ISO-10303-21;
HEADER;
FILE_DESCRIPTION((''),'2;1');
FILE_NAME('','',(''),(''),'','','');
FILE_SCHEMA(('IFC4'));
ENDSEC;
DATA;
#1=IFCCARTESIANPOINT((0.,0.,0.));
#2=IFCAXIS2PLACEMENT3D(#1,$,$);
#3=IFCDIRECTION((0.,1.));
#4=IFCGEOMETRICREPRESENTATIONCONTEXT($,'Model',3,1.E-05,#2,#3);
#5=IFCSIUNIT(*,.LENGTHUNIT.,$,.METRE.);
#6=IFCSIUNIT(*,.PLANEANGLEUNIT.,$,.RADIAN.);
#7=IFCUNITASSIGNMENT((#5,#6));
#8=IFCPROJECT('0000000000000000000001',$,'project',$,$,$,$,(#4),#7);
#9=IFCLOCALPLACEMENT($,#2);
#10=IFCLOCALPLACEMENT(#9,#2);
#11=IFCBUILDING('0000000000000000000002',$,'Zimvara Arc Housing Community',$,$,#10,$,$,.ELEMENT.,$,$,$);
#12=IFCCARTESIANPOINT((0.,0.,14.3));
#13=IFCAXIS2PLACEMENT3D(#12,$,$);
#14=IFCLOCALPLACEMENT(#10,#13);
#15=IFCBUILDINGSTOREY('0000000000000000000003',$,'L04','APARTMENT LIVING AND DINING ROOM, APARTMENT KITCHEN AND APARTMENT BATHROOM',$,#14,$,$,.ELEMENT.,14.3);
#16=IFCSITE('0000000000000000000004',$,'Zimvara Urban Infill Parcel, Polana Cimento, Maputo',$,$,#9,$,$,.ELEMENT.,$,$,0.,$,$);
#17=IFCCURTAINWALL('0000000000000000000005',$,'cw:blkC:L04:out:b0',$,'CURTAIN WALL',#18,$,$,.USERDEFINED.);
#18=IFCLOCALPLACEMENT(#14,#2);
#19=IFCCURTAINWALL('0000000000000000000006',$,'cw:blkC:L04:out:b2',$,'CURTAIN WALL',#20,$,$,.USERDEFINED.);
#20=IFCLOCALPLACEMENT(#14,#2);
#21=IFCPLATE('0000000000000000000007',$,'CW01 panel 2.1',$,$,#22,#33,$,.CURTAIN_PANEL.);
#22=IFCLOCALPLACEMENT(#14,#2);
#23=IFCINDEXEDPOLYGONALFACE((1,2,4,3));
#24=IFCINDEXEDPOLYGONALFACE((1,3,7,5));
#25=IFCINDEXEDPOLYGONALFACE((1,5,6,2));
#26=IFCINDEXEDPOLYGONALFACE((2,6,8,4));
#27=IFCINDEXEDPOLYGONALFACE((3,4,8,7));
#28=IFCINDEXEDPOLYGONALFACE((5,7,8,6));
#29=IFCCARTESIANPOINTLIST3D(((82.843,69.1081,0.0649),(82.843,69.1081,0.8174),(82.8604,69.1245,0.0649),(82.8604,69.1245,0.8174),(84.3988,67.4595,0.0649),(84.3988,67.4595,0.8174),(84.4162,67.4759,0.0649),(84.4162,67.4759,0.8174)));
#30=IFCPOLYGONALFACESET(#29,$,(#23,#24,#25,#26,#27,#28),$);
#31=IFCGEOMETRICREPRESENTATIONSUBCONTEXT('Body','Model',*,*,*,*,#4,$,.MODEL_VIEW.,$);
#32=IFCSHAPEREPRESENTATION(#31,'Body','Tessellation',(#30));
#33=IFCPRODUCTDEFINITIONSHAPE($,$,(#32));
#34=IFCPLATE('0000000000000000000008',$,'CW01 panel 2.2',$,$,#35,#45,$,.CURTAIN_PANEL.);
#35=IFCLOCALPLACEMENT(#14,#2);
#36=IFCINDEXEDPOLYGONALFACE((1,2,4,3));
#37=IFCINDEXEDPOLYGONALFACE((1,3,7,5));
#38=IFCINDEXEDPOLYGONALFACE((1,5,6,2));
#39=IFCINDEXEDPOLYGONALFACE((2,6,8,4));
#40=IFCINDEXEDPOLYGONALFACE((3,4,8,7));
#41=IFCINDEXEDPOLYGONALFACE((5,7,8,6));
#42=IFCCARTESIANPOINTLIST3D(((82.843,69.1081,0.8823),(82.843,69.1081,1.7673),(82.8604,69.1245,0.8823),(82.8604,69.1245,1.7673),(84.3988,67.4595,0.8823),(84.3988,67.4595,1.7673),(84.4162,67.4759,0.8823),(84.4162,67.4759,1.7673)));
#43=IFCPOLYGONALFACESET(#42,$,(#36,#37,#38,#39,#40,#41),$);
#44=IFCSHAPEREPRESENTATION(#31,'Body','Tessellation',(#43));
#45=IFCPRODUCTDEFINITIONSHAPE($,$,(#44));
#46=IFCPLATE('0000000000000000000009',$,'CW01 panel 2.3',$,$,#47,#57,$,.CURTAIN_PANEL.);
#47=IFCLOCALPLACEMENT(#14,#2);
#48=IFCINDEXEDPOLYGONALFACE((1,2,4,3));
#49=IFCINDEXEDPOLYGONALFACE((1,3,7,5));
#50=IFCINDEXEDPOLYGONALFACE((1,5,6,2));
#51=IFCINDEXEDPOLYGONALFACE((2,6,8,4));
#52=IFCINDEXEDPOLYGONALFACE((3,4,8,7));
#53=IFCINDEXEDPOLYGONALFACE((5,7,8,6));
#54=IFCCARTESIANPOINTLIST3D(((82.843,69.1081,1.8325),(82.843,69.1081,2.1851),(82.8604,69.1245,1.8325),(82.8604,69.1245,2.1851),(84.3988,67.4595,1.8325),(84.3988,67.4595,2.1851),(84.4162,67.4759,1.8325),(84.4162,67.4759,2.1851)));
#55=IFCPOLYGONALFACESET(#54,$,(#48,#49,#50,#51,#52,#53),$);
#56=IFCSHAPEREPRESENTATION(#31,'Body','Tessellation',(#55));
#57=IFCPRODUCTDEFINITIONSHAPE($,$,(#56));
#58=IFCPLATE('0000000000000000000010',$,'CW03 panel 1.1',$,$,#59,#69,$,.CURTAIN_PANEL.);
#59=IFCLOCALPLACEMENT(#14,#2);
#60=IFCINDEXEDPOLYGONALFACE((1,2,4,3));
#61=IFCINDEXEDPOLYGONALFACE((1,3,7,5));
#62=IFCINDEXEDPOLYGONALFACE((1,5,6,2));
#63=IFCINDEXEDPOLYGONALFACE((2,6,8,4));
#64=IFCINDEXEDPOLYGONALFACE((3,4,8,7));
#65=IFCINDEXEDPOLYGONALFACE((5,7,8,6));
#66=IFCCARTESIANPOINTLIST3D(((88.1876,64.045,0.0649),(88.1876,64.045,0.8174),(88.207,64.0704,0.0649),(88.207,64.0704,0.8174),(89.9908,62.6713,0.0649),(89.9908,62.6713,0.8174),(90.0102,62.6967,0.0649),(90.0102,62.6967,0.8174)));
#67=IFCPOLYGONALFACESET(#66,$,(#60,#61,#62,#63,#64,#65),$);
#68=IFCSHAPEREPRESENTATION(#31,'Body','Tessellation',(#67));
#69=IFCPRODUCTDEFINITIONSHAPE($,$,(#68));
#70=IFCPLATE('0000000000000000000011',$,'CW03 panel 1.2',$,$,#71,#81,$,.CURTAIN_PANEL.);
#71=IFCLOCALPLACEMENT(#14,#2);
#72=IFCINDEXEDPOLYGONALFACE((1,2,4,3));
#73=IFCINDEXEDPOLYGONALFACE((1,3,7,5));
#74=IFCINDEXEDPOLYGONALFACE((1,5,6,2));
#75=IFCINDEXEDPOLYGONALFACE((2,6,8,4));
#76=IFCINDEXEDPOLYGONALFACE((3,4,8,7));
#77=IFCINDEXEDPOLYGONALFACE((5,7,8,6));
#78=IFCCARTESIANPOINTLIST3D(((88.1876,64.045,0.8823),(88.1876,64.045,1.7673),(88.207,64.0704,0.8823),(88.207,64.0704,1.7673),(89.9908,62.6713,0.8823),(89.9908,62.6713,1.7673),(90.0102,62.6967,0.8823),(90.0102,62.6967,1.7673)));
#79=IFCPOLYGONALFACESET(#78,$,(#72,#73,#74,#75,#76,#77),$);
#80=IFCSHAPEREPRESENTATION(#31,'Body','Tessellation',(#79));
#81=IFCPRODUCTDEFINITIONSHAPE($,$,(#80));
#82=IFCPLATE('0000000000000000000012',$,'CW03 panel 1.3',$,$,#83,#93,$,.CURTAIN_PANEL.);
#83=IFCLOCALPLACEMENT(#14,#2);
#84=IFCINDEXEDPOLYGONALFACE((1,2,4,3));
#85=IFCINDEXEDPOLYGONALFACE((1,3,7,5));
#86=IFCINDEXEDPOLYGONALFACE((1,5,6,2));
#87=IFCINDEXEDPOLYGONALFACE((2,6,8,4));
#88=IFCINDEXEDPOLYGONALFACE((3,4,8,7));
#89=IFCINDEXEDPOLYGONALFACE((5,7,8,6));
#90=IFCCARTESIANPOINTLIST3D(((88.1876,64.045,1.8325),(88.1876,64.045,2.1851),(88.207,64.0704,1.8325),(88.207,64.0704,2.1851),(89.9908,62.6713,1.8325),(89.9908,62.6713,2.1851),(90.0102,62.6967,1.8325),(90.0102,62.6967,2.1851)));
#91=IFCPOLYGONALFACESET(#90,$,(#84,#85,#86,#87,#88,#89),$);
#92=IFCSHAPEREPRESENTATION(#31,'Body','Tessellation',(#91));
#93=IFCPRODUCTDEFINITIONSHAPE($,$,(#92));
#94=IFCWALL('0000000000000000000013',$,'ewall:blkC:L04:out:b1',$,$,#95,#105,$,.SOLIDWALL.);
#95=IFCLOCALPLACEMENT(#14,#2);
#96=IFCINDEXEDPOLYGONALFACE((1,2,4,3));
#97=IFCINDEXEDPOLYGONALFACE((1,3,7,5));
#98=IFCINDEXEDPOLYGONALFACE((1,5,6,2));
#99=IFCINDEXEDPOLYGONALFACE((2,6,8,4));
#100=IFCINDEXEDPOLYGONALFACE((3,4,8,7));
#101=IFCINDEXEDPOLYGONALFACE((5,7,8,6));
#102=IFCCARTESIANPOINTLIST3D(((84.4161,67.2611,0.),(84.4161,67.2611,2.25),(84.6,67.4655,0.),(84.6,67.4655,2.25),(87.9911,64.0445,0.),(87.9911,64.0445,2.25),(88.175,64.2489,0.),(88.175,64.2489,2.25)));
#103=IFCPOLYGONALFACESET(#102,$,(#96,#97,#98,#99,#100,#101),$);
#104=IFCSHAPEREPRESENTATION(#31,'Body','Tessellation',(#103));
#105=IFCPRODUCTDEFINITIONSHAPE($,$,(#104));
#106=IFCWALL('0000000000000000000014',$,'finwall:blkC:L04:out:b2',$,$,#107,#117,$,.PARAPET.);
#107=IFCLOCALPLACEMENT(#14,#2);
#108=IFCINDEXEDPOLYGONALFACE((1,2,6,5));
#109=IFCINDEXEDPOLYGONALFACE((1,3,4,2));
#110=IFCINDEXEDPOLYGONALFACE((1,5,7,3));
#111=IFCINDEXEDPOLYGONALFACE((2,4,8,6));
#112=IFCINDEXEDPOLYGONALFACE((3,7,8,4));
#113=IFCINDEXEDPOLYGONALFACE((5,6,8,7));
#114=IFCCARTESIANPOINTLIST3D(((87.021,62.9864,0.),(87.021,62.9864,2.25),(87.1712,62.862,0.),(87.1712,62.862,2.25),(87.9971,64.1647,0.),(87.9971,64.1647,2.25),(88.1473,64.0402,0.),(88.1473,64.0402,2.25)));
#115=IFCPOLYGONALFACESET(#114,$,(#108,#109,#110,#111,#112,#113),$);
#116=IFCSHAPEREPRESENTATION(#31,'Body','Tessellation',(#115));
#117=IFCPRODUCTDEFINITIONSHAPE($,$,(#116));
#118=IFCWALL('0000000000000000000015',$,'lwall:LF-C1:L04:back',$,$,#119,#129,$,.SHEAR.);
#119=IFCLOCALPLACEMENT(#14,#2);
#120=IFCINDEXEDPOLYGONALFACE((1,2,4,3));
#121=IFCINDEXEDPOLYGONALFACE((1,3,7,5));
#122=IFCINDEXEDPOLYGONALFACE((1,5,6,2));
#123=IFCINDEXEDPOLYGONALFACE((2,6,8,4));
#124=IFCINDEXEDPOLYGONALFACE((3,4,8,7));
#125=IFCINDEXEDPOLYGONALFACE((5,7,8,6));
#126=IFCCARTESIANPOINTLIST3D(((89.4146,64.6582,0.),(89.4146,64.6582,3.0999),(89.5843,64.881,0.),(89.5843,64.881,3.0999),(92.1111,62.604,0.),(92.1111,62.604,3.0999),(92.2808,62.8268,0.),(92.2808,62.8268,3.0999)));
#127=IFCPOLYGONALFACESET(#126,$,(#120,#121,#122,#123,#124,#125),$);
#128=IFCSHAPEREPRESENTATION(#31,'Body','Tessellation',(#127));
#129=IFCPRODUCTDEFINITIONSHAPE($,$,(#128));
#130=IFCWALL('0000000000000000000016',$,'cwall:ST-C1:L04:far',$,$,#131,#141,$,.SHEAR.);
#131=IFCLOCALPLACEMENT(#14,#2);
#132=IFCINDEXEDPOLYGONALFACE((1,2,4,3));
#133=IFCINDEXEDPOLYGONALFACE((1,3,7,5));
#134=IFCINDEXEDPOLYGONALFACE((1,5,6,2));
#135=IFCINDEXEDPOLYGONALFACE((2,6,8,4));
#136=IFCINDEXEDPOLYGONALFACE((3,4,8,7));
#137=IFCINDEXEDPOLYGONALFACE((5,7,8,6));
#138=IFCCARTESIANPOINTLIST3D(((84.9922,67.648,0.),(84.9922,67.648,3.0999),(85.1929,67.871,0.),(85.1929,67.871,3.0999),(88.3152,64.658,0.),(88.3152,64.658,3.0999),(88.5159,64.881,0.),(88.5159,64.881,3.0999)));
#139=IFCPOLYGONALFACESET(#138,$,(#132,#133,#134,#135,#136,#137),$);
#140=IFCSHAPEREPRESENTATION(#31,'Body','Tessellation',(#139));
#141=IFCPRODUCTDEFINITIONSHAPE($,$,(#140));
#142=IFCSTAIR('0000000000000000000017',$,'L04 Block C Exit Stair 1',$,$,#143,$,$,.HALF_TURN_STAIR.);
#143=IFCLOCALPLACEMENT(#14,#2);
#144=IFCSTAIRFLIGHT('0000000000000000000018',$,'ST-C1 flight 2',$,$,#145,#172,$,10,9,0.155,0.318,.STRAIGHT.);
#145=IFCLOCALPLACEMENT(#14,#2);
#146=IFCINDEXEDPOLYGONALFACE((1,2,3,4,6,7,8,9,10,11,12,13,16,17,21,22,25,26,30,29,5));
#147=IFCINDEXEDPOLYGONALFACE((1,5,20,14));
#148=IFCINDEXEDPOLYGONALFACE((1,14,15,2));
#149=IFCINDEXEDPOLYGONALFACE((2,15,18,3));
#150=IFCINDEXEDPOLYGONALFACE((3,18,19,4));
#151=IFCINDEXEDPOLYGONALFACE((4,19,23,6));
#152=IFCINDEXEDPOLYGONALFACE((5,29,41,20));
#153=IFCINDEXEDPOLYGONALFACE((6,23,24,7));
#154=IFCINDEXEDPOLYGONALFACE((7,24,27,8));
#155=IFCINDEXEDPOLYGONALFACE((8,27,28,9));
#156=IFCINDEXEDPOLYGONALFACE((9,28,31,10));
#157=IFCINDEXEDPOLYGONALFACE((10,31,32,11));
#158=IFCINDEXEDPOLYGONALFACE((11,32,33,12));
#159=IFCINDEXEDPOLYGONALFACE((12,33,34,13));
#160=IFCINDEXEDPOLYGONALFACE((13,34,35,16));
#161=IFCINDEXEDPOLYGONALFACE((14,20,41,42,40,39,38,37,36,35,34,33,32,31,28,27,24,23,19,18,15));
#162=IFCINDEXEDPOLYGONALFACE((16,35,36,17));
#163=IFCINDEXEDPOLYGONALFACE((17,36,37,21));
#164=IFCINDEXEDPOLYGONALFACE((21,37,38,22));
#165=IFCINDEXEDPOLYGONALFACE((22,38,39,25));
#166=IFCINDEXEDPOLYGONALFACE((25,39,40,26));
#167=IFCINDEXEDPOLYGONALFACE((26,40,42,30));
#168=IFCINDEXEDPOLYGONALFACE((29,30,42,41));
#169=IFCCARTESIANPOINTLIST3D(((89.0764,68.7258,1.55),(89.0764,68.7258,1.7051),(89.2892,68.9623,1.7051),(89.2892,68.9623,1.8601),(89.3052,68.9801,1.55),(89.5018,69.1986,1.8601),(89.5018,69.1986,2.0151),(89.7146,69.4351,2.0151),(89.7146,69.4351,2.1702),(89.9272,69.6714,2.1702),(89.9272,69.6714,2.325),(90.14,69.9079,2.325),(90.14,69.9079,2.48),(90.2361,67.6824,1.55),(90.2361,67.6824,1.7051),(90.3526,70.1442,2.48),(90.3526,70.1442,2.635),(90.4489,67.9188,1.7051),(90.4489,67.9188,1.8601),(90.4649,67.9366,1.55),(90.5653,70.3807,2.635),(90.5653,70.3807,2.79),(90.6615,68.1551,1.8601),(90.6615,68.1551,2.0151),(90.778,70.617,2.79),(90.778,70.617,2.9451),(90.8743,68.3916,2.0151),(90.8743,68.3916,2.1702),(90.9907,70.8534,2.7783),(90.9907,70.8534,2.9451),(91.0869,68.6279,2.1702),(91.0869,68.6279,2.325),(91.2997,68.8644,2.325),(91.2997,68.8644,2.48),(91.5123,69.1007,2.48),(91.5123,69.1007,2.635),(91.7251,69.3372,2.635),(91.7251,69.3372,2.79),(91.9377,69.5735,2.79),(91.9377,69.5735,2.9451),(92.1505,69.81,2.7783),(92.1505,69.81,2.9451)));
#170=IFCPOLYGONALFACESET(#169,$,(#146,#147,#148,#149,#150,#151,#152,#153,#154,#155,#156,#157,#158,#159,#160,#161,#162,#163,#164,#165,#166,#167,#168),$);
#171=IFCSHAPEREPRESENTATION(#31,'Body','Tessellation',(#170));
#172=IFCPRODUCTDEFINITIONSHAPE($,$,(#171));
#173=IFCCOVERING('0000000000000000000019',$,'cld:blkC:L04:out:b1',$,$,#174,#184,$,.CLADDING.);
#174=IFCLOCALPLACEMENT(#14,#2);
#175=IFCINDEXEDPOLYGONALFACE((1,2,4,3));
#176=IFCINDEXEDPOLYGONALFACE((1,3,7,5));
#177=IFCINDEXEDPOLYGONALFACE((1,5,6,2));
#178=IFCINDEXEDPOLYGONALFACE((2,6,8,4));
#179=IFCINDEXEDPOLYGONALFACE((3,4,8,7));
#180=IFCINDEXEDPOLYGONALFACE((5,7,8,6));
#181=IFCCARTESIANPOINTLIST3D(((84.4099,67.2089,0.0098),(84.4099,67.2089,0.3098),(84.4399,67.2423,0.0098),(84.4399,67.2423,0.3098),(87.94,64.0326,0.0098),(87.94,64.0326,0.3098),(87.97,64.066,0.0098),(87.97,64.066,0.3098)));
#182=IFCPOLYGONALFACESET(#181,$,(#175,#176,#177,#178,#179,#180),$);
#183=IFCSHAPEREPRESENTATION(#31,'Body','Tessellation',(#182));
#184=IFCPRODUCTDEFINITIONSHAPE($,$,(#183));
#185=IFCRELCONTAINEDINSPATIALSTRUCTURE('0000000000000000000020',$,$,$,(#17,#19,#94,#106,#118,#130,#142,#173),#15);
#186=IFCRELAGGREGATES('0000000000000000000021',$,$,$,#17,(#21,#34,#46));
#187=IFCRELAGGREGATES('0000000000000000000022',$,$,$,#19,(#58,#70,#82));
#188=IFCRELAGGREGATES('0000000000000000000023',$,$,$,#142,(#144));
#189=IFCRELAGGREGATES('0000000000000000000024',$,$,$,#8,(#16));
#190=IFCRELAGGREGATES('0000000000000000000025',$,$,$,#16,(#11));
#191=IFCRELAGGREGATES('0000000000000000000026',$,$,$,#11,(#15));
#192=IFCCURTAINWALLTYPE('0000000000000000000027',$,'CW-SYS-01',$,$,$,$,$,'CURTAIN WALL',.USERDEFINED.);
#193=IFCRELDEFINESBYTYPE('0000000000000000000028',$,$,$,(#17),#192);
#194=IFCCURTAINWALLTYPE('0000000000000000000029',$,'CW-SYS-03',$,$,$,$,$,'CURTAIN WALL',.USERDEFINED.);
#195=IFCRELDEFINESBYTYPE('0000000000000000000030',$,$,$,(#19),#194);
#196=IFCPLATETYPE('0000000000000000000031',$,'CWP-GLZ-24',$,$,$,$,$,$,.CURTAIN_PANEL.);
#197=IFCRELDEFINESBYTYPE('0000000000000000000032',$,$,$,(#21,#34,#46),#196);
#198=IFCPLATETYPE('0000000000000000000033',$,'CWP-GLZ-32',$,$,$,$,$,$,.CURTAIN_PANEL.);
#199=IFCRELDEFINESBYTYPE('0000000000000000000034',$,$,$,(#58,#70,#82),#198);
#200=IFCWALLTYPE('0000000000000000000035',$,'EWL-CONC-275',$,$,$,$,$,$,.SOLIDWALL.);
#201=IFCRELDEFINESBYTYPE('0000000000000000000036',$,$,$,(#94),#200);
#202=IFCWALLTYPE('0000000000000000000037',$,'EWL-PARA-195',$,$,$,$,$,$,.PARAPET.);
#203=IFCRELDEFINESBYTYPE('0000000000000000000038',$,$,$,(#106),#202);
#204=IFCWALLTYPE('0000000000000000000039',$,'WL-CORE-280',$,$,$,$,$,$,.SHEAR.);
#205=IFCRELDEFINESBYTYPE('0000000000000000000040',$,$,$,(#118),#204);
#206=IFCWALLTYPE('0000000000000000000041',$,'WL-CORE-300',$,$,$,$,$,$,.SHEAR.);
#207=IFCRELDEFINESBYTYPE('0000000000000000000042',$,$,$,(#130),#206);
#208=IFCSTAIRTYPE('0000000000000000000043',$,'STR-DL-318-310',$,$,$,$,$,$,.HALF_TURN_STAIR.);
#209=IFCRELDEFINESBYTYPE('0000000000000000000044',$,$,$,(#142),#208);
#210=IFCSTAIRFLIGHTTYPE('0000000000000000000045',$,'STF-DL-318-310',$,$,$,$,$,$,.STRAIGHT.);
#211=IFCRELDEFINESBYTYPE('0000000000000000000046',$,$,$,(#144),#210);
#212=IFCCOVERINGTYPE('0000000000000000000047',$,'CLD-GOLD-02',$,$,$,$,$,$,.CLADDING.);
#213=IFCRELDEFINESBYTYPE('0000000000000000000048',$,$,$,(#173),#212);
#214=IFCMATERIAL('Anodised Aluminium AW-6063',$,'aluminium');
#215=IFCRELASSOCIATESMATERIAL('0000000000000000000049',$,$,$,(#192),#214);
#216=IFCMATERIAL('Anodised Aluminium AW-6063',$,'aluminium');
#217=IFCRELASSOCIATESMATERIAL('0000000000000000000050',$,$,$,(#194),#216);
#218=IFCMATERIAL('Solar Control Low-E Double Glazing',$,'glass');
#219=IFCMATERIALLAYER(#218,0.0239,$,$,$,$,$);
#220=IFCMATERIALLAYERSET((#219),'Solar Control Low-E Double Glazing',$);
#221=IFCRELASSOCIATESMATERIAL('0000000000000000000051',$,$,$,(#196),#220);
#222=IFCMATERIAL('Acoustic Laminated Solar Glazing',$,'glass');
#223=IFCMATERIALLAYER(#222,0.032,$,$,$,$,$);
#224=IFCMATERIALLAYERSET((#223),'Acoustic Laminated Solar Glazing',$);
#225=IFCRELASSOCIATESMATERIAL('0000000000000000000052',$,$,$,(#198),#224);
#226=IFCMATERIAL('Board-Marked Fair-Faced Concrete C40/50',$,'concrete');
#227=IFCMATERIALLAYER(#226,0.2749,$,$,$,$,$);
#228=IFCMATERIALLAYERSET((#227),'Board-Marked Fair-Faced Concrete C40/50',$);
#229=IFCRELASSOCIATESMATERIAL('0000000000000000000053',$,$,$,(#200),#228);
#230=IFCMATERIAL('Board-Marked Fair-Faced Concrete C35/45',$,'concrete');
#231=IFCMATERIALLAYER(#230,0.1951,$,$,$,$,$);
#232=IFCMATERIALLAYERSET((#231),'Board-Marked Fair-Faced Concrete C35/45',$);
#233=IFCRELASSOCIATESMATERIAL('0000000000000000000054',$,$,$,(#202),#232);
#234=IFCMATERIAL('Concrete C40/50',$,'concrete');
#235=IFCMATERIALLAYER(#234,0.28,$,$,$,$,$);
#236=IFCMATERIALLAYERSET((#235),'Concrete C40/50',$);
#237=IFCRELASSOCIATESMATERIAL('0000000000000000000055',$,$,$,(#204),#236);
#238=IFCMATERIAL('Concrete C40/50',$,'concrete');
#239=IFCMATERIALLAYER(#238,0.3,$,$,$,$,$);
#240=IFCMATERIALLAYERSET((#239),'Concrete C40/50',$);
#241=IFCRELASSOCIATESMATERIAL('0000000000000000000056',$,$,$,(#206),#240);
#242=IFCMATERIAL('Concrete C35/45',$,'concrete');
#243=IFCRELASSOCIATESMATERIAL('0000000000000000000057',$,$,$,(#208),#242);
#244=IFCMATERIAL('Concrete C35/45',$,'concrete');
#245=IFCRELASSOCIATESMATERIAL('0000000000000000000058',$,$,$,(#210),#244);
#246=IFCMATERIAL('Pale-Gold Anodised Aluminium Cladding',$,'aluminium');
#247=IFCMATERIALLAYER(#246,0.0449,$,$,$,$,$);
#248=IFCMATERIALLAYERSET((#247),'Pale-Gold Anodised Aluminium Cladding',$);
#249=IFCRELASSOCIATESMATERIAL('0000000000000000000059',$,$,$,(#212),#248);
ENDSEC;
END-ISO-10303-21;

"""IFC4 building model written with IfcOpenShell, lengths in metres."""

from ifc_helpers import new_model, si_unit, direction, frame, frame_2d, origin, origin_2d, place, context, subcontext, project, spatial, polyline, rectangle, outline, extrude, material, layer, layer_set, type_object, element, aggregate, save


model = new_model("IFC4")

# Units and contexts
model_context = context("Model", 3, precision=1e-05, world=origin(), true_north=direction((0.0, 1.0)))
body_context = subcontext(model_context, "Body", "Model", "MODEL_VIEW")
ifc_project = project(units=[si_unit("LENGTHUNIT", "METRE"), si_unit("PLANEANGLEUNIT", "RADIAN")], contexts=[model_context])

# Site, building, storey
site_placement = place(None, origin())
site = spatial("IfcSite", under=ifc_project, at=site_placement, Name="Zimvara Urban Infill Parcel, Polana Cimento, Maputo", CompositionType="ELEMENT", RefElevation=0.0)
building_placement = place(site_placement, origin())
building = spatial("IfcBuilding", under=site, at=building_placement, Name="Zimvara Arc Housing Community", CompositionType="ELEMENT")
storey_placement = place(building_placement, frame((0.0, 0.0, 14.3)))
storey = spatial("IfcBuildingStorey", under=building, at=storey_placement, Name="L04", Description="APARTMENT LIVING AND DINING ROOM, APARTMENT KITCHEN AND APARTMENT BATHROOM", CompositionType="ELEMENT", Elevation=14.3)

# Curtain wall
ifc_material_1 = material(Name="Anodised Aluminium AW-6063", Category="aluminium")
curtain_wall_type_1 = type_object("IfcCurtainWallType", Name="CW-SYS-01", ElementType="CURTAIN WALL", PredefinedType="USERDEFINED", material=ifc_material_1)
curtain_wall_1_placement = place(storey_placement, origin())
curtain_wall_1 = element("IfcCurtainWall", 1, at=curtain_wall_1_placement, inside=storey, type_object=curtain_wall_type_1, Name="cw:blkC:L04:out:b0", ObjectType="CURTAIN WALL", PredefinedType="USERDEFINED")

# Curtain wall
ifc_material_2 = material(Name="Anodised Aluminium AW-6063", Category="aluminium")
curtain_wall_type_2 = type_object("IfcCurtainWallType", Name="CW-SYS-03", ElementType="CURTAIN WALL", PredefinedType="USERDEFINED", material=ifc_material_2)
curtain_wall_2_placement = place(storey_placement, origin())
curtain_wall_2 = element("IfcCurtainWall", 2, at=curtain_wall_2_placement, inside=storey, type_object=curtain_wall_type_2, Name="cw:blkC:L04:out:b2", ObjectType="CURTAIN WALL", PredefinedType="USERDEFINED")

# Plates
ifc_material_3 = material(Name="Solar Control Low-E Double Glazing", Category="glass")
ifc_layer_1 = layer(ifc_material_3, 0.0239)
ifc_layer_set_1 = layer_set([ifc_layer_1], Name="Solar Control Low-E Double Glazing")
plate_type_1 = type_object("IfcPlateType", Name="CWP-GLZ-24", PredefinedType="CURTAIN_PANEL", material=ifc_layer_set_1)
plate_1_placement = place(storey_placement, frame((83.6296, 68.292, 0.0649), z_axis=(0.0, 0.0, 1.0), x_axis=(0.686326, -0.727294, 0.0)))
plate_1 = element("IfcPlate", 3, at=plate_1_placement, type_object=plate_type_1, Name="CW01 panel 2.1", PredefinedType="CURTAIN_PANEL", context=body_context, shape_type="SweptSolid", body=[
    extrude(rectangle(XDim=2.2668, YDim=0.0239, at=origin_2d()), origin(), (0.0, 0.0, 1.0), 0.7524),
])
plate_2_placement = place(storey_placement, frame((83.6296, 68.292, 0.8823), z_axis=(0.0, 0.0, 1.0), x_axis=(0.686326, -0.727294, 0.0)))
plate_2 = element("IfcPlate", 4, at=plate_2_placement, type_object=plate_type_1, Name="CW01 panel 2.2", PredefinedType="CURTAIN_PANEL", context=body_context, shape_type="SweptSolid", body=[
    extrude(rectangle(XDim=2.2668, YDim=0.0239, at=origin_2d()), origin(), (0.0, 0.0, 1.0), 0.885),
])
plate_3_placement = place(storey_placement, frame((83.6296, 68.292, 1.8325), z_axis=(0.0, 0.0, 1.0), x_axis=(0.686326, -0.727294, 0.0)))
plate_3 = element("IfcPlate", 5, at=plate_3_placement, type_object=plate_type_1, Name="CW01 panel 2.3", PredefinedType="CURTAIN_PANEL", context=body_context, shape_type="SweptSolid", body=[
    extrude(rectangle(XDim=2.2668, YDim=0.0239, at=origin_2d()), origin(), (0.0, 0.0, 1.0), 0.3525),
])
aggregate(curtain_wall_1, [plate_1, plate_2, plate_3])
ifc_material_4 = material(Name="Acoustic Laminated Solar Glazing", Category="glass")
ifc_layer_2 = layer(ifc_material_4, 0.032)
ifc_layer_set_2 = layer_set([ifc_layer_2], Name="Acoustic Laminated Solar Glazing")
plate_type_2 = type_object("IfcPlateType", Name="CWP-GLZ-32", PredefinedType="CURTAIN_PANEL", material=ifc_layer_set_2)
plate_4_placement = place(storey_placement, frame((89.0989, 63.3708, 0.0649), z_axis=(0.0, 0.0, 1.0), x_axis=(0.795474, -0.605988, 0.0)))
plate_4 = element("IfcPlate", 6, at=plate_4_placement, type_object=plate_type_2, Name="CW03 panel 1.1", PredefinedType="CURTAIN_PANEL", context=body_context, shape_type="SweptSolid", body=[
    extrude(rectangle(XDim=2.2668, YDim=0.032, at=origin_2d()), origin(), (0.0, 0.0, 1.0), 0.7524),
])
plate_5_placement = place(storey_placement, frame((89.0989, 63.3708, 0.8823), z_axis=(0.0, 0.0, 1.0), x_axis=(0.795474, -0.605988, 0.0)))
plate_5 = element("IfcPlate", 7, at=plate_5_placement, type_object=plate_type_2, Name="CW03 panel 1.2", PredefinedType="CURTAIN_PANEL", context=body_context, shape_type="SweptSolid", body=[
    extrude(rectangle(XDim=2.2668, YDim=0.032, at=origin_2d()), origin(), (0.0, 0.0, 1.0), 0.885),
])
plate_6_placement = place(storey_placement, frame((89.0989, 63.3708, 1.8325), z_axis=(0.0, 0.0, 1.0), x_axis=(0.795474, -0.605988, 0.0)))
plate_6 = element("IfcPlate", 8, at=plate_6_placement, type_object=plate_type_2, Name="CW03 panel 1.3", PredefinedType="CURTAIN_PANEL", context=body_context, shape_type="SweptSolid", body=[
    extrude(rectangle(XDim=2.2668, YDim=0.032, at=origin_2d()), origin(), (0.0, 0.0, 1.0), 0.3525),
])
aggregate(curtain_wall_2, [plate_4, plate_5, plate_6])

# Walls
ifc_material_5 = material(Name="Board-Marked Fair-Faced Concrete C40/50", Category="concrete")
ifc_layer_3 = layer(ifc_material_5, 0.2749)
ifc_layer_set_3 = layer_set([ifc_layer_3], Name="Board-Marked Fair-Faced Concrete C40/50")
wall_type_1 = type_object("IfcWallType", Name="EWL-CONC-275", PredefinedType="SOLIDWALL", material=ifc_layer_set_3)
wall_1_placement = place(storey_placement, frame((84.5081, 67.3633, 0.0), z_axis=(0.0, 0.0, 1.0), x_axis=(0.743388, -0.668861, 0.0)))
element("IfcWall", 9, at=wall_1_placement, inside=storey, type_object=wall_type_1, Name="ewall:blkC:L04:out:b1", PredefinedType="SOLIDWALL", context=body_context, shape_type="SweptSolid", body=[
    extrude(rectangle(XDim=4.8091, YDim=0.2749, at=frame_2d((2.4045, 0.0))), origin(), (0.0, 0.0, 1.0), 2.25),
])
ifc_material_6 = material(Name="Board-Marked Fair-Faced Concrete C35/45", Category="concrete")
ifc_layer_4 = layer(ifc_material_6, 0.1951)
ifc_layer_set_4 = layer_set([ifc_layer_4], Name="Board-Marked Fair-Faced Concrete C35/45")
wall_type_2 = type_object("IfcWallType", Name="EWL-PARA-195", PredefinedType="PARAPET", material=ifc_layer_set_4)
wall_2_placement = place(storey_placement, frame((88.0723, 64.1025, 0.0), z_axis=(0.0, 0.0, 1.0), x_axis=(-0.637953, -0.770075, 0.0)))
element("IfcWall", 10, at=wall_2_placement, inside=storey, type_object=wall_type_2, Name="finwall:blkC:L04:out:b2", PredefinedType="PARAPET", context=body_context, shape_type="SweptSolid", body=[
    extrude(rectangle(XDim=1.53, YDim=0.1951, at=frame_2d((0.7651, 0.0))), origin(), (0.0, 0.0, 1.0), 2.25),
])
ifc_material_7 = material(Name="Concrete C40/50", Category="concrete")
ifc_layer_5 = layer(ifc_material_7, 0.28)
ifc_layer_set_5 = layer_set([ifc_layer_5], Name="Concrete C40/50")
wall_type_3 = type_object("IfcWallType", Name="WL-CORE-280", PredefinedType="SHEAR", material=ifc_layer_set_5)
wall_3_placement = place(storey_placement, frame((89.4995, 64.7695, 0.0), z_axis=(0.0, 0.0, 1.0), x_axis=(0.795475, -0.605987, 0.0)))
element("IfcWall", 11, at=wall_3_placement, inside=storey, type_object=wall_type_3, Name="lwall:LF-C1:L04:back", PredefinedType="SHEAR", context=body_context, shape_type="SweptSolid", body=[
    extrude(rectangle(XDim=3.3899, YDim=0.28, at=frame_2d((1.6948, 0.0))), origin(), (0.0, 0.0, 1.0), 3.0999),
])
ifc_material_8 = material(Name="Concrete C40/50", Category="concrete")
ifc_layer_6 = layer(ifc_material_8, 0.3)
ifc_layer_set_6 = layer_set([ifc_layer_6], Name="Concrete C40/50")
wall_type_4 = type_object("IfcWallType", Name="WL-CORE-300", PredefinedType="SHEAR", material=ifc_layer_set_6)
wall_4_placement = place(storey_placement, frame((85.0925, 67.7595, 0.0), z_axis=(0.0, 0.0, 1.0), x_axis=(0.743373, -0.668877, 0.0)))
element("IfcWall", 12, at=wall_4_placement, inside=storey, type_object=wall_type_4, Name="cwall:ST-C1:L04:far", PredefinedType="SHEAR", context=body_context, shape_type="SweptSolid", body=[
    extrude(rectangle(XDim=4.4702, YDim=0.3, at=frame_2d((2.2351, 0.0))), origin(), (0.0, 0.0, 1.0), 3.0999),
])

# Stair, stair flight
ifc_material_9 = material(Name="Concrete C35/45", Category="concrete")
stair_type = type_object("IfcStairType", Name="STR-DL-318-310", PredefinedType="HALF_TURN_STAIR", material=ifc_material_9)
stair_placement = place(storey_placement, origin())
stair = element("IfcStair", 13, at=stair_placement, inside=storey, type_object=stair_type, Name="L04 Block C Exit Stair 1", PredefinedType="HALF_TURN_STAIR")
ifc_material_10 = material(Name="Concrete C35/45", Category="concrete")
stair_flight_type = type_object("IfcStairFlightType", Name="STF-DL-318-310", PredefinedType="STRAIGHT", material=ifc_material_10)
stair_flight_placement = place(storey_placement, frame((89.6562, 68.2041, 1.55), z_axis=(0.0, 0.0, 1.0), x_axis=(0.668871, 0.743378, 0.0)))
stair_flight = element("IfcStairFlight", 14, at=stair_flight_placement, type_object=stair_flight_type, Name="ST-C1 flight 2", NumberOfRisers=10, NumberOfTreads=9, PredefinedType="STRAIGHT", RiserHeight=0.155, TreadLength=0.318, context=body_context, shape_type="SweptSolid", body=[
    extrude(outline(polyline([(0.0, 0.0), (0.0, 0.155), (0.3181, 0.155), (0.3181, 0.3101), (0.636, 0.3101), (0.636, 0.4651), (0.9541, 0.4651), (0.9541, 0.6201), (1.272, 0.6201), (1.272, 0.7749), (1.5901, 0.7749), (1.5901, 0.9299), (1.908, 0.9299), (1.908, 1.085), (2.2261, 1.085), (2.2261, 1.24), (2.5439, 1.24), (2.5439, 1.395), (2.8621, 1.395), (2.8621, 1.55), (2.8621, 1.2283), (0.342, 0.0), (0.0, 0.0)])), frame((0.0, 0.78, 0.0), z_axis=(0.0, -1.0, 0.0), x_axis=(1.0, 0.0, 0.0)), (0.0, 0.0, 1.0), 1.5601),
])
aggregate(stair, [stair_flight])

# Covering
ifc_material_11 = material(Name="Pale-Gold Anodised Aluminium Cladding", Category="aluminium")
ifc_layer_7 = layer(ifc_material_11, 0.0449)
ifc_layer_set_7 = layer_set([ifc_layer_7], Name="Pale-Gold Anodised Aluminium Cladding")
covering_type = type_object("IfcCoveringType", Name="CLD-GOLD-02", PredefinedType="CLADDING", material=ifc_layer_set_7)
covering_placement = place(storey_placement, frame((86.1899, 65.6375, 0.0098), z_axis=(0.0, 0.0, 1.0), x_axis=(0.743377, -0.668872, 0.0)))
element("IfcCovering", 15, at=covering_placement, inside=storey, type_object=covering_type, Name="cld:blkC:L04:out:b1", PredefinedType="CLADDING", context=body_context, shape_type="SweptSolid", body=[
    extrude(rectangle(XDim=4.7488, YDim=0.0449, at=origin_2d()), origin(), (0.0, 0.0, 1.0), 0.3),
])

save(model, "model.ifc")
